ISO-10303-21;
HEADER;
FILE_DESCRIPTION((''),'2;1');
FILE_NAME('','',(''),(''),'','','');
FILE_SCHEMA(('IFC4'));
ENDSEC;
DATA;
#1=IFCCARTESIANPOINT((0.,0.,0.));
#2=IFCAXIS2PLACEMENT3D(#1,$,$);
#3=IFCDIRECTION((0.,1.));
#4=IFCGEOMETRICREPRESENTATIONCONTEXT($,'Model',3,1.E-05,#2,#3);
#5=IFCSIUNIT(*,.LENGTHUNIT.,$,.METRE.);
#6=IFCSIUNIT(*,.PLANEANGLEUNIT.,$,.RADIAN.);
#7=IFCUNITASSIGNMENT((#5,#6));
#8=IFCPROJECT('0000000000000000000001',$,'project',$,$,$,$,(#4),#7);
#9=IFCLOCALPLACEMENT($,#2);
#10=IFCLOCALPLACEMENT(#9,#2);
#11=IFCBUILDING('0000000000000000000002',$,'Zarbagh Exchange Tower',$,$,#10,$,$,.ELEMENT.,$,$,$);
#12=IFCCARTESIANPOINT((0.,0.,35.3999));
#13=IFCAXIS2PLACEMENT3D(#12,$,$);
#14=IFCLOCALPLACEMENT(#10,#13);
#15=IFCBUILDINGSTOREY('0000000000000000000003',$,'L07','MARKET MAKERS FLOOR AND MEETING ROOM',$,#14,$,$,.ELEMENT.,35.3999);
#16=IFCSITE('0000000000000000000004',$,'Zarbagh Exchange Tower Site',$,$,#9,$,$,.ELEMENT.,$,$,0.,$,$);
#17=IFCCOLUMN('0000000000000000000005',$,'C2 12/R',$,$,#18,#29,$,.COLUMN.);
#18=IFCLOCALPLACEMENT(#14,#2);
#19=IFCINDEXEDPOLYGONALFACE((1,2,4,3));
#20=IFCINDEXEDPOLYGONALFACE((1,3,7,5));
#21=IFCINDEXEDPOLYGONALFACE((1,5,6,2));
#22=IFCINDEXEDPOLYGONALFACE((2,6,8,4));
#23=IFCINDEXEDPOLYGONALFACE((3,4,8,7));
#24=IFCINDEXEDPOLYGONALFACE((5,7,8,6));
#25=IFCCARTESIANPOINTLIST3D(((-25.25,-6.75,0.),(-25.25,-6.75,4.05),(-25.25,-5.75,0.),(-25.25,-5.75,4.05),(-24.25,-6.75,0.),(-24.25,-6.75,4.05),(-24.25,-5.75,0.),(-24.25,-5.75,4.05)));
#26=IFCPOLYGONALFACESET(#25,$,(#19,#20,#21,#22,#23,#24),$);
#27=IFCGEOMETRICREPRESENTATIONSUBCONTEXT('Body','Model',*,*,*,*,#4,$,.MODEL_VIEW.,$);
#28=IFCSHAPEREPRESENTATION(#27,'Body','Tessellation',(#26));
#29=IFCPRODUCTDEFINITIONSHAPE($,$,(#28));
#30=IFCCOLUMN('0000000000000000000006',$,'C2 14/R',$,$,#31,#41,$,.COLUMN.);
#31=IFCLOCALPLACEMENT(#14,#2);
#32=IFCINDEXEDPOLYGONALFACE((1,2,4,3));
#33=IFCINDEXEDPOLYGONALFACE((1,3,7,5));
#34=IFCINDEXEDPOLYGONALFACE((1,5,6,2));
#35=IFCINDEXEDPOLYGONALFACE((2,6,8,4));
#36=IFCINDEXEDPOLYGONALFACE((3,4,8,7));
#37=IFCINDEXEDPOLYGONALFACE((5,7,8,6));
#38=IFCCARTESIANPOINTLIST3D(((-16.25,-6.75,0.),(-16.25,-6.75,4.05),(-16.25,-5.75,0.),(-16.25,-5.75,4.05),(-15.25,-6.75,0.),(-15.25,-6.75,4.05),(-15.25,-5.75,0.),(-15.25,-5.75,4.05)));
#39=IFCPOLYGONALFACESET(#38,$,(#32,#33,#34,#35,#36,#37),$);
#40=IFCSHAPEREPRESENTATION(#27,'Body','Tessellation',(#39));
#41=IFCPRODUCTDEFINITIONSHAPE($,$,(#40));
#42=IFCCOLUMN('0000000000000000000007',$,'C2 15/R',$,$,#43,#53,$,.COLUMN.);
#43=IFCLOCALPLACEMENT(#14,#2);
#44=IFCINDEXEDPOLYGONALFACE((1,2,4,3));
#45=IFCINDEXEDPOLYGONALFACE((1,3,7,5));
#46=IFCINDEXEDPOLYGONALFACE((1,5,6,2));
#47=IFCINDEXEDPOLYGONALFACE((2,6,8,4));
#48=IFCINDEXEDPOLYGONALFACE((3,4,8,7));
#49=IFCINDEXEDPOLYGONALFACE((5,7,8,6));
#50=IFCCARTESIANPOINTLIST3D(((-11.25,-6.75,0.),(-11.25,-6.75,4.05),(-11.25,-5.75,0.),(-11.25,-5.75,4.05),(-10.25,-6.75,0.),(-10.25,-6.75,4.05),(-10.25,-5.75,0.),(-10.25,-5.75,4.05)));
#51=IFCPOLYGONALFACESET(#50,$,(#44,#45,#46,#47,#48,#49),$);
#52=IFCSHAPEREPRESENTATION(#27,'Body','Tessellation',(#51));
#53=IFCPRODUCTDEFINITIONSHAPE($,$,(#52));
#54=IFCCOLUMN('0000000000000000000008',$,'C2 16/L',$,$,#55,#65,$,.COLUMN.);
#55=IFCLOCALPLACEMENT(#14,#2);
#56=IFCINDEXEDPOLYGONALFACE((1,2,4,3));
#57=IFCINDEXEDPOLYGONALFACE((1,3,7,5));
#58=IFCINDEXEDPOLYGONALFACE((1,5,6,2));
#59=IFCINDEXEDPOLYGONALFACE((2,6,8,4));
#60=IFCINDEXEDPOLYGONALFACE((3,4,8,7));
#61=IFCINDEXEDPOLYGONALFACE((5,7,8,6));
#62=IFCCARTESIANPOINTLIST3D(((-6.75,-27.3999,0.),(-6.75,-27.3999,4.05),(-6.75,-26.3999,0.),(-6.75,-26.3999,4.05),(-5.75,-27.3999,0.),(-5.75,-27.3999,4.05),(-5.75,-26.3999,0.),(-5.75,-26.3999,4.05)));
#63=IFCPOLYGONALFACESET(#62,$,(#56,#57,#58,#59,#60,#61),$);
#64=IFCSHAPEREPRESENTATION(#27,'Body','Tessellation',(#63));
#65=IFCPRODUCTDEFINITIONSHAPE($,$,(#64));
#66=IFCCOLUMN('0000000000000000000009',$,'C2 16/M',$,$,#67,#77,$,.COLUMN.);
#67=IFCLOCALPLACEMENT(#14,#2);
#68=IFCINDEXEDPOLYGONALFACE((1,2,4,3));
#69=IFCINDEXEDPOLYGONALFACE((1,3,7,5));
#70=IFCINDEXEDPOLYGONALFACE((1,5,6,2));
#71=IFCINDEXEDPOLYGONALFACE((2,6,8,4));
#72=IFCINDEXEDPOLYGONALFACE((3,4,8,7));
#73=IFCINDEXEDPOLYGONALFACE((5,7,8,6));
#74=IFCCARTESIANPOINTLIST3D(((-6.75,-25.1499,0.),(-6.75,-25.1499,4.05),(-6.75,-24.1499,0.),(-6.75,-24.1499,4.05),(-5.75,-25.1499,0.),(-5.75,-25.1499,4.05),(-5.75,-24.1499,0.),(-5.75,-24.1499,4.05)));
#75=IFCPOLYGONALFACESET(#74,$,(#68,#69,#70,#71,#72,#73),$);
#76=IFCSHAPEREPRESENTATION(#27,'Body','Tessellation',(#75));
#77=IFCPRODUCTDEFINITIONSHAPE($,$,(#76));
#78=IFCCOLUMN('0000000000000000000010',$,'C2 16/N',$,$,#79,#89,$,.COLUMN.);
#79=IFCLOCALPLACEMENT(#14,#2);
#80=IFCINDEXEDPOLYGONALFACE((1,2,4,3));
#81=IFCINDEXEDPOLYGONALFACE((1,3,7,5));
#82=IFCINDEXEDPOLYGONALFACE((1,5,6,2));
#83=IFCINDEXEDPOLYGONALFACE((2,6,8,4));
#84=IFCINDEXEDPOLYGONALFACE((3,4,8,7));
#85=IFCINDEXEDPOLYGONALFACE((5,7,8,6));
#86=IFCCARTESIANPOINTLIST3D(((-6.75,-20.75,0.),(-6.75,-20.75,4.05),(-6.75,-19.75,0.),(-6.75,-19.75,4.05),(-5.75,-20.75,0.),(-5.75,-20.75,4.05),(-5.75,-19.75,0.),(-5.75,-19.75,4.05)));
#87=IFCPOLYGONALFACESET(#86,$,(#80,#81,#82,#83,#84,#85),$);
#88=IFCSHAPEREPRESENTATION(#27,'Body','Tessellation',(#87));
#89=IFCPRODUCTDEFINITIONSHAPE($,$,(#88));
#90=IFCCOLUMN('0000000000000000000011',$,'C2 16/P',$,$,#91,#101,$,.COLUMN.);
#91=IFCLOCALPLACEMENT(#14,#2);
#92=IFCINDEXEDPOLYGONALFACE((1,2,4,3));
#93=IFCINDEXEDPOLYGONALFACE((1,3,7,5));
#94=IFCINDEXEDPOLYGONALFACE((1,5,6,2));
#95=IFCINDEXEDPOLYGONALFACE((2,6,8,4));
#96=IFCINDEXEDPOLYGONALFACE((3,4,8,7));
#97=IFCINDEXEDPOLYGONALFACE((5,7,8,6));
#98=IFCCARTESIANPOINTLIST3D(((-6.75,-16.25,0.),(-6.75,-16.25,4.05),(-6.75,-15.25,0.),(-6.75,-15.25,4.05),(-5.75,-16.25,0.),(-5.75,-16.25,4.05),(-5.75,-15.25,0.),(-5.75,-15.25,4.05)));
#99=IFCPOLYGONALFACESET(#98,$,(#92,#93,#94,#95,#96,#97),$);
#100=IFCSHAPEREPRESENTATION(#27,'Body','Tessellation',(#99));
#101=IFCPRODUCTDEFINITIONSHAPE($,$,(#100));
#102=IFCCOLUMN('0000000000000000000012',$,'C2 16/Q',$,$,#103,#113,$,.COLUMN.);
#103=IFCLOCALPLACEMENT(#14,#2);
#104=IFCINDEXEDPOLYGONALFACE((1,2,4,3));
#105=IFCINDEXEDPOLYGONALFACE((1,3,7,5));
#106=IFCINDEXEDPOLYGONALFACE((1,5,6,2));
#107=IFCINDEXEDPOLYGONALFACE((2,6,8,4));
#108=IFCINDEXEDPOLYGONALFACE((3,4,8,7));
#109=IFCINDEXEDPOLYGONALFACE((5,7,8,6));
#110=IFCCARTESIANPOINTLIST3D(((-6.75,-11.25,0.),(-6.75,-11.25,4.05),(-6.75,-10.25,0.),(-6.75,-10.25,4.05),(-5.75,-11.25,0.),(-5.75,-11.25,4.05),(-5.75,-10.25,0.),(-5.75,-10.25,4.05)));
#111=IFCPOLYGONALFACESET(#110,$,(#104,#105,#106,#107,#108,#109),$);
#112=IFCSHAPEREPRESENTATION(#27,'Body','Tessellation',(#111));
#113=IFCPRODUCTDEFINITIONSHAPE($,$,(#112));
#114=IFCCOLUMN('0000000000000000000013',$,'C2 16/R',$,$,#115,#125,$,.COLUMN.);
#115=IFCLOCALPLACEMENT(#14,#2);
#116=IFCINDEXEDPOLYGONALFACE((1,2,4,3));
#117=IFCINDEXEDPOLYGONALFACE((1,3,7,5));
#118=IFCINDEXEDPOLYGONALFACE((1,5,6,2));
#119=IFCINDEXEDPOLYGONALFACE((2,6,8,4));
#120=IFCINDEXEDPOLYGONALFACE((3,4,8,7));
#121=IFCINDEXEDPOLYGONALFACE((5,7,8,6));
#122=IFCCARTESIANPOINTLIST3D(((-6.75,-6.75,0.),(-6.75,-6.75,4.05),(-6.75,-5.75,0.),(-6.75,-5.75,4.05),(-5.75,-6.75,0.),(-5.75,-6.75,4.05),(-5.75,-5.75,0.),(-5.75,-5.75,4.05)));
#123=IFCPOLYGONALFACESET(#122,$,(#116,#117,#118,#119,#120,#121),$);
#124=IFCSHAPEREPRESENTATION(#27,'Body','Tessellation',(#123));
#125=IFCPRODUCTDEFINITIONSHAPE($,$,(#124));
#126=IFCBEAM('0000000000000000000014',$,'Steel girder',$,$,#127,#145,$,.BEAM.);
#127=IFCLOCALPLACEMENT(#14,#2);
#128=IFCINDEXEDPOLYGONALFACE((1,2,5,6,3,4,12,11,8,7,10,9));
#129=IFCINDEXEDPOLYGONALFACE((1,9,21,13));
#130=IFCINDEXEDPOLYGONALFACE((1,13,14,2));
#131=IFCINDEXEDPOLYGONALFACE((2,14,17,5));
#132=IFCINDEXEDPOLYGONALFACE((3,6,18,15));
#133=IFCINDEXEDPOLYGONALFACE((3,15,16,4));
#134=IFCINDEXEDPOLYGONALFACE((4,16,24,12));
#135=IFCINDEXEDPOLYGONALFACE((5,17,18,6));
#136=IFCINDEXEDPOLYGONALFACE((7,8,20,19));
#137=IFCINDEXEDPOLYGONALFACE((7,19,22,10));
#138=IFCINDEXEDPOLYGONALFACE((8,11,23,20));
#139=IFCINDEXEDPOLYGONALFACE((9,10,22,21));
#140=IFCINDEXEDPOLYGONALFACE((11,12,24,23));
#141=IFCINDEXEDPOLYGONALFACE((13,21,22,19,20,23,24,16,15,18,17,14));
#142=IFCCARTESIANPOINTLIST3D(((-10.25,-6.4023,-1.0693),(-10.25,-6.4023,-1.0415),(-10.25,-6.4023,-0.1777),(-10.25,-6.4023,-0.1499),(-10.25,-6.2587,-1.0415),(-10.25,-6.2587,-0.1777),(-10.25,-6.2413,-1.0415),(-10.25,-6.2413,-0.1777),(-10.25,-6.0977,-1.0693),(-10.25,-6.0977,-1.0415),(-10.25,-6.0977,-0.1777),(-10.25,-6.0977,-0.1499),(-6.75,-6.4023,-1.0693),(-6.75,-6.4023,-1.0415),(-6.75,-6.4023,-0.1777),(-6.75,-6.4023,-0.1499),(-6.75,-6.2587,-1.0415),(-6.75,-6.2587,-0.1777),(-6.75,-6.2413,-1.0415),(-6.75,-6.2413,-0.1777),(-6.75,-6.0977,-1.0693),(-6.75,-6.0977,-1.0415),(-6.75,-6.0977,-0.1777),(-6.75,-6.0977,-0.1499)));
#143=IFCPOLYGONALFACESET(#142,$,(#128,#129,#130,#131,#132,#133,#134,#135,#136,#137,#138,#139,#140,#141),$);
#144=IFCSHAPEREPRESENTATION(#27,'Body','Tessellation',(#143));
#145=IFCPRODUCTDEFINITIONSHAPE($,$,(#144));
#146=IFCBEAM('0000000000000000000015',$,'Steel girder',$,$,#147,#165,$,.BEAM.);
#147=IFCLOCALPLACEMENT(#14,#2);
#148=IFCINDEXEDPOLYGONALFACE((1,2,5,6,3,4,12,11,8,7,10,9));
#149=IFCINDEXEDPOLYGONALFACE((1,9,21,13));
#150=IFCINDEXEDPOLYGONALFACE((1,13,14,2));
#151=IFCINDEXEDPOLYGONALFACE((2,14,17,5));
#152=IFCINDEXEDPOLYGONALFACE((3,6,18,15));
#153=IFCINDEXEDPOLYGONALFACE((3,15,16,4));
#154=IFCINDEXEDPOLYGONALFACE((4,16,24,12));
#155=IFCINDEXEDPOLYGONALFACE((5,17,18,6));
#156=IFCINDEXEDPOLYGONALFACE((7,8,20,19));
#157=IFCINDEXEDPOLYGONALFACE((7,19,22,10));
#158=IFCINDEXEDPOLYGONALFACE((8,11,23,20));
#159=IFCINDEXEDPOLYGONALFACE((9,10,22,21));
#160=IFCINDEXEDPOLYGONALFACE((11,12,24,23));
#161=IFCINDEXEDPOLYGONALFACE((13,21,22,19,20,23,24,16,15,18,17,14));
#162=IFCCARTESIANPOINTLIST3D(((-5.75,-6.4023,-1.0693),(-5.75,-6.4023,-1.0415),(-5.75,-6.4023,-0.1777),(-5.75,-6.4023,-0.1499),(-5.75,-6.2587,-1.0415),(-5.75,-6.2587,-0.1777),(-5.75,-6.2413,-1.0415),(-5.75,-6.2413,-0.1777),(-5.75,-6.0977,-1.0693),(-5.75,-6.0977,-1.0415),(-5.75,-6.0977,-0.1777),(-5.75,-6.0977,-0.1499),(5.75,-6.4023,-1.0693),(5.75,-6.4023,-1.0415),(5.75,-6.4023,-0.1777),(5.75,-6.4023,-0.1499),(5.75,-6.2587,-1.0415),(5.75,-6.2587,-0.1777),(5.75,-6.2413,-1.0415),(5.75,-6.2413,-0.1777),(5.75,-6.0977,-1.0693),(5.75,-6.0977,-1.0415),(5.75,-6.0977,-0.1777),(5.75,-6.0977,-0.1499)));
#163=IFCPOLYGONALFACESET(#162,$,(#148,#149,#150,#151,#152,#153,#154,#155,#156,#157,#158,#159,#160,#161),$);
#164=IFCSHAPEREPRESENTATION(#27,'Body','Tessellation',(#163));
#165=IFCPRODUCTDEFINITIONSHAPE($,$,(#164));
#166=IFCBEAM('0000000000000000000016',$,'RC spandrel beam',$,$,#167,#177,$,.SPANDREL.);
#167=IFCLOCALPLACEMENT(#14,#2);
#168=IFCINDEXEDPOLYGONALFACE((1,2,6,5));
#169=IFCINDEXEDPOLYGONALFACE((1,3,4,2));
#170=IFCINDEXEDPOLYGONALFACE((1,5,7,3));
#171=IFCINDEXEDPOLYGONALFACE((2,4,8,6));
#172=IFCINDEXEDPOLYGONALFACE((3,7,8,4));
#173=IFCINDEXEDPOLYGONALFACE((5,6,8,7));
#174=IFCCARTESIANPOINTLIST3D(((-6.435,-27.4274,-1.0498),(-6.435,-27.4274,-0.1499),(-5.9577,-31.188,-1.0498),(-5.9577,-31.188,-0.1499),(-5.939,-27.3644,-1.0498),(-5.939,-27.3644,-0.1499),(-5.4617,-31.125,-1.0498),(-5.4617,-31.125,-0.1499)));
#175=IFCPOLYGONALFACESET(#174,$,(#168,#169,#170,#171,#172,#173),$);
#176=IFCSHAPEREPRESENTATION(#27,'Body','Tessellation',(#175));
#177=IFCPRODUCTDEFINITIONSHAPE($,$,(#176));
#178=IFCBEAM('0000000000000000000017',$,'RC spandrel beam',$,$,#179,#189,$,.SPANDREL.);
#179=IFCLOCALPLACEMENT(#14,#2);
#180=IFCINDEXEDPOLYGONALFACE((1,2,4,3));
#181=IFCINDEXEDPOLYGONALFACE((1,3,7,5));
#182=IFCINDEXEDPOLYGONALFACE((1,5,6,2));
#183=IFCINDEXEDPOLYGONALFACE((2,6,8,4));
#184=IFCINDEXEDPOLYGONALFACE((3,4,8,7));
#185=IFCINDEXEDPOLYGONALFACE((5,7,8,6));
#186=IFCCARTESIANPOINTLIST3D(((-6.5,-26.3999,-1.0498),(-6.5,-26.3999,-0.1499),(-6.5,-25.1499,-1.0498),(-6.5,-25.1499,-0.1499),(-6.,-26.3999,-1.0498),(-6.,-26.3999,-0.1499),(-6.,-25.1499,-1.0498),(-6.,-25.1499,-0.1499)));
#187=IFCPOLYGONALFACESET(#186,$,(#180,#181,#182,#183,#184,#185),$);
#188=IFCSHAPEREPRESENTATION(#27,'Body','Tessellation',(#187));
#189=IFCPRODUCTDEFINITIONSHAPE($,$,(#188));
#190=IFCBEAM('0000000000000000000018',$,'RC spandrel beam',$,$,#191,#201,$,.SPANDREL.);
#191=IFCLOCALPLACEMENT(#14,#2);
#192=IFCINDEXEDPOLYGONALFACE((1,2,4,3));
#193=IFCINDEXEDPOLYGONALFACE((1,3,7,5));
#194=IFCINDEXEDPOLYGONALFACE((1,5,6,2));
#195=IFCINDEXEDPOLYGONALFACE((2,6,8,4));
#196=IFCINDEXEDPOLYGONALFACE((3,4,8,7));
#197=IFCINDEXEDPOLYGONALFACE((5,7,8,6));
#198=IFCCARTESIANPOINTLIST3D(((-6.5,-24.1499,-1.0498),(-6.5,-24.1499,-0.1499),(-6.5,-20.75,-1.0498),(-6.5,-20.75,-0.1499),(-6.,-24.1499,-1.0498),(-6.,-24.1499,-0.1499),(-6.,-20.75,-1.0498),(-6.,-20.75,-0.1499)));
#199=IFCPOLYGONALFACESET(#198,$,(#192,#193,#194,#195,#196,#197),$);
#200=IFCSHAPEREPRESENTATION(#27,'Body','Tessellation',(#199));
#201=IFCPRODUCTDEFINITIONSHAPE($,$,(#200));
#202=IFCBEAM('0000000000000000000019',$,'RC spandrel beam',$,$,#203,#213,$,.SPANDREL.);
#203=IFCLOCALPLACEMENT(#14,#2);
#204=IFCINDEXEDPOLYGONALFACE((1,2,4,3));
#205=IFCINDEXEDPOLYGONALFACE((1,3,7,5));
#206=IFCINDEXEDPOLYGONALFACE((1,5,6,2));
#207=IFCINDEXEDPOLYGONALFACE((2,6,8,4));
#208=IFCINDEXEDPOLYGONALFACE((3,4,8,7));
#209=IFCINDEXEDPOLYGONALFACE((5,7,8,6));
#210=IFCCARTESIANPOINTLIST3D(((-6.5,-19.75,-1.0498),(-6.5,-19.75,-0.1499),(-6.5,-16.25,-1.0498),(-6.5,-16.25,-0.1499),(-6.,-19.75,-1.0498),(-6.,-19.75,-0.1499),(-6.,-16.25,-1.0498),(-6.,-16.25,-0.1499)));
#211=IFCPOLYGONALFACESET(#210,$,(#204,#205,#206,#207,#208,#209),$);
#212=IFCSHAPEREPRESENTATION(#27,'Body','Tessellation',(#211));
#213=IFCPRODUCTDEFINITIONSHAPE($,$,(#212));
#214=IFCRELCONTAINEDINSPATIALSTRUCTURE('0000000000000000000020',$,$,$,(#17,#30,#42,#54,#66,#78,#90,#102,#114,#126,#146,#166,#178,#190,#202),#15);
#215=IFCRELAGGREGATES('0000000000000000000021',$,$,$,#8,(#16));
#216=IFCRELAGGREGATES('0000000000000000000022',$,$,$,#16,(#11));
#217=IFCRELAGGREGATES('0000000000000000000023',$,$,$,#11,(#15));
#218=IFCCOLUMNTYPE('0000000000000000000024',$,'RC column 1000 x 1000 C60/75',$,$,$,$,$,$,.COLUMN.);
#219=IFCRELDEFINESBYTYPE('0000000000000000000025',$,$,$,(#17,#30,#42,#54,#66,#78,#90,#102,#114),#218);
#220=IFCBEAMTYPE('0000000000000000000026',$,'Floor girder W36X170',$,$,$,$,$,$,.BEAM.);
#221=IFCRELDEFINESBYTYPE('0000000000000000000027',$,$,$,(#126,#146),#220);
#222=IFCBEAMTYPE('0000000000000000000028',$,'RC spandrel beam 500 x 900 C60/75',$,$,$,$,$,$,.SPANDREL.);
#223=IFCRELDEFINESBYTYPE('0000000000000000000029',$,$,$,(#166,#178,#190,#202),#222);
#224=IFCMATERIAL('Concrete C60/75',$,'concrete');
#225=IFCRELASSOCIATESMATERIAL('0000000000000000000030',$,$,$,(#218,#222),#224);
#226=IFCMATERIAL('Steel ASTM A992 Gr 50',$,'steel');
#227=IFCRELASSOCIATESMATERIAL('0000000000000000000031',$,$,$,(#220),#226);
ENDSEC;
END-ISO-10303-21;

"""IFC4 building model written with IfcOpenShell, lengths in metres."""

from ifc_helpers import new_model, si_unit, direction, frame, origin, origin_2d, place, context, subcontext, project, spatial, rectangle, i_section, extrude, material, material_profile, profile_set, type_object, element, save


model = new_model("IFC4")

# Units and contexts
model_context = context("Model", 3, precision=1e-05, world=origin(), true_north=direction((0.0, 1.0)))
body_context = subcontext(model_context, "Body", "Model", "MODEL_VIEW")
ifc_project = project(units=[si_unit("LENGTHUNIT", "METRE"), si_unit("PLANEANGLEUNIT", "RADIAN")], contexts=[model_context])

# Site, building, storey
site_placement = place(None, origin())
site = spatial("IfcSite", under=ifc_project, at=site_placement, Name="Zarbagh Exchange Tower Site", CompositionType="ELEMENT", RefElevation=0.0)
building_placement = place(site_placement, origin())
building = spatial("IfcBuilding", under=site, at=building_placement, Name="Zarbagh Exchange Tower", CompositionType="ELEMENT")
storey_placement = place(building_placement, frame((0.0, 0.0, 35.3999)))
storey = spatial("IfcBuildingStorey", under=building, at=storey_placement, Name="L07", Description="MARKET MAKERS FLOOR AND MEETING ROOM", CompositionType="ELEMENT", Elevation=35.3999)

# Columns
ifc_material_1 = material(Name="Concrete C60/75", Category="concrete")
ifc_material_profile_1 = material_profile(ifc_material_1, rectangle(XDim=1.0, YDim=1.0, at=origin_2d()), Name="RC column 1000 x 1000 C60/75")
ifc_profile_set_1 = profile_set([ifc_material_profile_1], Name="Concrete C60/75")
column_type = type_object("IfcColumnType", Name="RC column 1000 x 1000 C60/75", PredefinedType="COLUMN", material=ifc_profile_set_1)
for number, where, z_axis, x_axis, name in (
    (1, (-24.75, -6.25, 0.0), (0.0, 0.0, 1.0), (1.0, 0.0, 0.0), "C2 12/R"),
    (2, (-15.75, -6.25, 0.0), (0.0, 0.0, 1.0), (1.0, 0.0, 0.0), "C2 14/R"),
    (3, (-10.75, -6.25, 0.0), (0.0, 0.0, 1.0), (1.0, 0.0, 0.0), "C2 15/R"),
    (4, (-6.25, -26.8999, 0.0), (0.0, 0.0, 1.0), (1.0, 0.0, 0.0), "C2 16/L"),
    (5, (-6.25, -24.6499, 0.0), (0.0, 0.0, 1.0), (1.0, 0.0, 0.0), "C2 16/M"),
    (6, (-6.25, -20.25, 0.0), (0.0, 0.0, 1.0), (1.0, 0.0, 0.0), "C2 16/N"),
    (7, (-6.25, -15.75, 0.0), (0.0, 0.0, 1.0), (1.0, 0.0, 0.0), "C2 16/P"),
    (8, (-6.25, -10.75, 0.0), (0.0, 0.0, 1.0), (1.0, 0.0, 0.0), "C2 16/Q"),
    (9, (-6.25, -6.25, 0.0), (0.0, 0.0, 1.0), (1.0, 0.0, 0.0), "C2 16/R"),
):
    element("IfcColumn", number, at=place(storey_placement, frame(where, z_axis=z_axis, x_axis=x_axis)), inside=storey, type_object=column_type, Name=name, PredefinedType="COLUMN", context=body_context, shape_type="SweptSolid", body=[
        extrude(rectangle(XDim=1.0, YDim=1.0, at=origin_2d()), origin(), (0.0, 0.0, 1.0), 4.05),
    ])

# Beams
ifc_material_2 = material(Name="Steel ASTM A992 Gr 50", Category="steel")
ifc_material_profile_2 = material_profile(ifc_material_2, i_section(OverallWidth=0.3047, OverallDepth=0.9194, WebThickness=0.0173, FlangeThickness=0.0278, at=origin_2d()), Name="W36X170")
ifc_profile_set_2 = profile_set([ifc_material_profile_2], Name="Steel ASTM A992 Gr 50")
beam_type_1 = type_object("IfcBeamType", Name="Floor girder W36X170", PredefinedType="BEAM", material=ifc_profile_set_2)
beam_1_placement = place(storey_placement, frame((-10.25, -6.25, -0.6096), z_axis=(1.0, 0.0, 0.0), x_axis=(0.0, 1.0, 0.0)))
element("IfcBeam", 10, at=beam_1_placement, inside=storey, type_object=beam_type_1, Name="Steel girder", PredefinedType="BEAM", context=body_context, shape_type="SweptSolid", body=[
    extrude(i_section(OverallWidth=0.3047, OverallDepth=0.9194, WebThickness=0.0173, FlangeThickness=0.0278, at=origin_2d()), origin(), (0.0, 0.0, 1.0), 3.5),
])
beam_2_placement = place(storey_placement, frame((-5.75, -6.25, -0.6096), z_axis=(1.0, 0.0, 0.0), x_axis=(0.0, 1.0, 0.0)))
element("IfcBeam", 11, at=beam_2_placement, inside=storey, type_object=beam_type_1, Name="Steel girder", PredefinedType="BEAM", context=body_context, shape_type="SweptSolid", body=[
    extrude(i_section(OverallWidth=0.3047, OverallDepth=0.9194, WebThickness=0.0173, FlangeThickness=0.0278, at=origin_2d()), origin(), (0.0, 0.0, 1.0), 11.5),
])
ifc_material_profile_3 = material_profile(ifc_material_1, rectangle(XDim=0.5, YDim=0.8999, at=origin_2d()), Name="RC spandrel beam 500 x 900 C60/75")
ifc_profile_set_3 = profile_set([ifc_material_profile_3], Name="Concrete C60/75")
beam_type_2 = type_object("IfcBeamType", Name="RC spandrel beam 500 x 900 C60/75", PredefinedType="SPANDREL", material=ifc_profile_set_3)
beam_3_placement = place(storey_placement, frame((-5.7097, -31.1565, -0.5999), z_axis=(-0.125913, 0.992041, 0.0), x_axis=(-0.992041, -0.125913, 0.0)))
element("IfcBeam", 12, at=beam_3_placement, inside=storey, type_object=beam_type_2, Name="RC spandrel beam", PredefinedType="SPANDREL", context=body_context, shape_type="SweptSolid", body=[
    extrude(rectangle(XDim=0.5, YDim=0.8999, at=origin_2d()), origin(), (0.0, 0.0, 1.0), 3.7908),
])
beam_4_placement = place(storey_placement, frame((-6.25, -26.3999, -0.5999), z_axis=(0.0, 1.0, 0.0), x_axis=(-1.0, 0.0, 0.0)))
element("IfcBeam", 13, at=beam_4_placement, inside=storey, type_object=beam_type_2, Name="RC spandrel beam", PredefinedType="SPANDREL", context=body_context, shape_type="SweptSolid", body=[
    extrude(rectangle(XDim=0.5, YDim=0.8999, at=origin_2d()), origin(), (0.0, 0.0, 1.0), 1.25),
])
beam_5_placement = place(storey_placement, frame((-6.25, -24.1499, -0.5999), z_axis=(0.0, 1.0, 0.0), x_axis=(-1.0, 0.0, 0.0)))
element("IfcBeam", 14, at=beam_5_placement, inside=storey, type_object=beam_type_2, Name="RC spandrel beam", PredefinedType="SPANDREL", context=body_context, shape_type="SweptSolid", body=[
    extrude(rectangle(XDim=0.5, YDim=0.8999, at=origin_2d()), origin(), (0.0, 0.0, 1.0), 3.3999),
])
beam_6_placement = place(storey_placement, frame((-6.25, -19.75, -0.5999), z_axis=(0.0, 1.0, 0.0), x_axis=(-1.0, 0.0, 0.0)))
element("IfcBeam", 15, at=beam_6_placement, inside=storey, type_object=beam_type_2, Name="RC spandrel beam", PredefinedType="SPANDREL", context=body_context, shape_type="SweptSolid", body=[
    extrude(rectangle(XDim=0.5, YDim=0.8999, at=origin_2d()), origin(), (0.0, 0.0, 1.0), 3.5),
])

save(model, "model.ifc")
